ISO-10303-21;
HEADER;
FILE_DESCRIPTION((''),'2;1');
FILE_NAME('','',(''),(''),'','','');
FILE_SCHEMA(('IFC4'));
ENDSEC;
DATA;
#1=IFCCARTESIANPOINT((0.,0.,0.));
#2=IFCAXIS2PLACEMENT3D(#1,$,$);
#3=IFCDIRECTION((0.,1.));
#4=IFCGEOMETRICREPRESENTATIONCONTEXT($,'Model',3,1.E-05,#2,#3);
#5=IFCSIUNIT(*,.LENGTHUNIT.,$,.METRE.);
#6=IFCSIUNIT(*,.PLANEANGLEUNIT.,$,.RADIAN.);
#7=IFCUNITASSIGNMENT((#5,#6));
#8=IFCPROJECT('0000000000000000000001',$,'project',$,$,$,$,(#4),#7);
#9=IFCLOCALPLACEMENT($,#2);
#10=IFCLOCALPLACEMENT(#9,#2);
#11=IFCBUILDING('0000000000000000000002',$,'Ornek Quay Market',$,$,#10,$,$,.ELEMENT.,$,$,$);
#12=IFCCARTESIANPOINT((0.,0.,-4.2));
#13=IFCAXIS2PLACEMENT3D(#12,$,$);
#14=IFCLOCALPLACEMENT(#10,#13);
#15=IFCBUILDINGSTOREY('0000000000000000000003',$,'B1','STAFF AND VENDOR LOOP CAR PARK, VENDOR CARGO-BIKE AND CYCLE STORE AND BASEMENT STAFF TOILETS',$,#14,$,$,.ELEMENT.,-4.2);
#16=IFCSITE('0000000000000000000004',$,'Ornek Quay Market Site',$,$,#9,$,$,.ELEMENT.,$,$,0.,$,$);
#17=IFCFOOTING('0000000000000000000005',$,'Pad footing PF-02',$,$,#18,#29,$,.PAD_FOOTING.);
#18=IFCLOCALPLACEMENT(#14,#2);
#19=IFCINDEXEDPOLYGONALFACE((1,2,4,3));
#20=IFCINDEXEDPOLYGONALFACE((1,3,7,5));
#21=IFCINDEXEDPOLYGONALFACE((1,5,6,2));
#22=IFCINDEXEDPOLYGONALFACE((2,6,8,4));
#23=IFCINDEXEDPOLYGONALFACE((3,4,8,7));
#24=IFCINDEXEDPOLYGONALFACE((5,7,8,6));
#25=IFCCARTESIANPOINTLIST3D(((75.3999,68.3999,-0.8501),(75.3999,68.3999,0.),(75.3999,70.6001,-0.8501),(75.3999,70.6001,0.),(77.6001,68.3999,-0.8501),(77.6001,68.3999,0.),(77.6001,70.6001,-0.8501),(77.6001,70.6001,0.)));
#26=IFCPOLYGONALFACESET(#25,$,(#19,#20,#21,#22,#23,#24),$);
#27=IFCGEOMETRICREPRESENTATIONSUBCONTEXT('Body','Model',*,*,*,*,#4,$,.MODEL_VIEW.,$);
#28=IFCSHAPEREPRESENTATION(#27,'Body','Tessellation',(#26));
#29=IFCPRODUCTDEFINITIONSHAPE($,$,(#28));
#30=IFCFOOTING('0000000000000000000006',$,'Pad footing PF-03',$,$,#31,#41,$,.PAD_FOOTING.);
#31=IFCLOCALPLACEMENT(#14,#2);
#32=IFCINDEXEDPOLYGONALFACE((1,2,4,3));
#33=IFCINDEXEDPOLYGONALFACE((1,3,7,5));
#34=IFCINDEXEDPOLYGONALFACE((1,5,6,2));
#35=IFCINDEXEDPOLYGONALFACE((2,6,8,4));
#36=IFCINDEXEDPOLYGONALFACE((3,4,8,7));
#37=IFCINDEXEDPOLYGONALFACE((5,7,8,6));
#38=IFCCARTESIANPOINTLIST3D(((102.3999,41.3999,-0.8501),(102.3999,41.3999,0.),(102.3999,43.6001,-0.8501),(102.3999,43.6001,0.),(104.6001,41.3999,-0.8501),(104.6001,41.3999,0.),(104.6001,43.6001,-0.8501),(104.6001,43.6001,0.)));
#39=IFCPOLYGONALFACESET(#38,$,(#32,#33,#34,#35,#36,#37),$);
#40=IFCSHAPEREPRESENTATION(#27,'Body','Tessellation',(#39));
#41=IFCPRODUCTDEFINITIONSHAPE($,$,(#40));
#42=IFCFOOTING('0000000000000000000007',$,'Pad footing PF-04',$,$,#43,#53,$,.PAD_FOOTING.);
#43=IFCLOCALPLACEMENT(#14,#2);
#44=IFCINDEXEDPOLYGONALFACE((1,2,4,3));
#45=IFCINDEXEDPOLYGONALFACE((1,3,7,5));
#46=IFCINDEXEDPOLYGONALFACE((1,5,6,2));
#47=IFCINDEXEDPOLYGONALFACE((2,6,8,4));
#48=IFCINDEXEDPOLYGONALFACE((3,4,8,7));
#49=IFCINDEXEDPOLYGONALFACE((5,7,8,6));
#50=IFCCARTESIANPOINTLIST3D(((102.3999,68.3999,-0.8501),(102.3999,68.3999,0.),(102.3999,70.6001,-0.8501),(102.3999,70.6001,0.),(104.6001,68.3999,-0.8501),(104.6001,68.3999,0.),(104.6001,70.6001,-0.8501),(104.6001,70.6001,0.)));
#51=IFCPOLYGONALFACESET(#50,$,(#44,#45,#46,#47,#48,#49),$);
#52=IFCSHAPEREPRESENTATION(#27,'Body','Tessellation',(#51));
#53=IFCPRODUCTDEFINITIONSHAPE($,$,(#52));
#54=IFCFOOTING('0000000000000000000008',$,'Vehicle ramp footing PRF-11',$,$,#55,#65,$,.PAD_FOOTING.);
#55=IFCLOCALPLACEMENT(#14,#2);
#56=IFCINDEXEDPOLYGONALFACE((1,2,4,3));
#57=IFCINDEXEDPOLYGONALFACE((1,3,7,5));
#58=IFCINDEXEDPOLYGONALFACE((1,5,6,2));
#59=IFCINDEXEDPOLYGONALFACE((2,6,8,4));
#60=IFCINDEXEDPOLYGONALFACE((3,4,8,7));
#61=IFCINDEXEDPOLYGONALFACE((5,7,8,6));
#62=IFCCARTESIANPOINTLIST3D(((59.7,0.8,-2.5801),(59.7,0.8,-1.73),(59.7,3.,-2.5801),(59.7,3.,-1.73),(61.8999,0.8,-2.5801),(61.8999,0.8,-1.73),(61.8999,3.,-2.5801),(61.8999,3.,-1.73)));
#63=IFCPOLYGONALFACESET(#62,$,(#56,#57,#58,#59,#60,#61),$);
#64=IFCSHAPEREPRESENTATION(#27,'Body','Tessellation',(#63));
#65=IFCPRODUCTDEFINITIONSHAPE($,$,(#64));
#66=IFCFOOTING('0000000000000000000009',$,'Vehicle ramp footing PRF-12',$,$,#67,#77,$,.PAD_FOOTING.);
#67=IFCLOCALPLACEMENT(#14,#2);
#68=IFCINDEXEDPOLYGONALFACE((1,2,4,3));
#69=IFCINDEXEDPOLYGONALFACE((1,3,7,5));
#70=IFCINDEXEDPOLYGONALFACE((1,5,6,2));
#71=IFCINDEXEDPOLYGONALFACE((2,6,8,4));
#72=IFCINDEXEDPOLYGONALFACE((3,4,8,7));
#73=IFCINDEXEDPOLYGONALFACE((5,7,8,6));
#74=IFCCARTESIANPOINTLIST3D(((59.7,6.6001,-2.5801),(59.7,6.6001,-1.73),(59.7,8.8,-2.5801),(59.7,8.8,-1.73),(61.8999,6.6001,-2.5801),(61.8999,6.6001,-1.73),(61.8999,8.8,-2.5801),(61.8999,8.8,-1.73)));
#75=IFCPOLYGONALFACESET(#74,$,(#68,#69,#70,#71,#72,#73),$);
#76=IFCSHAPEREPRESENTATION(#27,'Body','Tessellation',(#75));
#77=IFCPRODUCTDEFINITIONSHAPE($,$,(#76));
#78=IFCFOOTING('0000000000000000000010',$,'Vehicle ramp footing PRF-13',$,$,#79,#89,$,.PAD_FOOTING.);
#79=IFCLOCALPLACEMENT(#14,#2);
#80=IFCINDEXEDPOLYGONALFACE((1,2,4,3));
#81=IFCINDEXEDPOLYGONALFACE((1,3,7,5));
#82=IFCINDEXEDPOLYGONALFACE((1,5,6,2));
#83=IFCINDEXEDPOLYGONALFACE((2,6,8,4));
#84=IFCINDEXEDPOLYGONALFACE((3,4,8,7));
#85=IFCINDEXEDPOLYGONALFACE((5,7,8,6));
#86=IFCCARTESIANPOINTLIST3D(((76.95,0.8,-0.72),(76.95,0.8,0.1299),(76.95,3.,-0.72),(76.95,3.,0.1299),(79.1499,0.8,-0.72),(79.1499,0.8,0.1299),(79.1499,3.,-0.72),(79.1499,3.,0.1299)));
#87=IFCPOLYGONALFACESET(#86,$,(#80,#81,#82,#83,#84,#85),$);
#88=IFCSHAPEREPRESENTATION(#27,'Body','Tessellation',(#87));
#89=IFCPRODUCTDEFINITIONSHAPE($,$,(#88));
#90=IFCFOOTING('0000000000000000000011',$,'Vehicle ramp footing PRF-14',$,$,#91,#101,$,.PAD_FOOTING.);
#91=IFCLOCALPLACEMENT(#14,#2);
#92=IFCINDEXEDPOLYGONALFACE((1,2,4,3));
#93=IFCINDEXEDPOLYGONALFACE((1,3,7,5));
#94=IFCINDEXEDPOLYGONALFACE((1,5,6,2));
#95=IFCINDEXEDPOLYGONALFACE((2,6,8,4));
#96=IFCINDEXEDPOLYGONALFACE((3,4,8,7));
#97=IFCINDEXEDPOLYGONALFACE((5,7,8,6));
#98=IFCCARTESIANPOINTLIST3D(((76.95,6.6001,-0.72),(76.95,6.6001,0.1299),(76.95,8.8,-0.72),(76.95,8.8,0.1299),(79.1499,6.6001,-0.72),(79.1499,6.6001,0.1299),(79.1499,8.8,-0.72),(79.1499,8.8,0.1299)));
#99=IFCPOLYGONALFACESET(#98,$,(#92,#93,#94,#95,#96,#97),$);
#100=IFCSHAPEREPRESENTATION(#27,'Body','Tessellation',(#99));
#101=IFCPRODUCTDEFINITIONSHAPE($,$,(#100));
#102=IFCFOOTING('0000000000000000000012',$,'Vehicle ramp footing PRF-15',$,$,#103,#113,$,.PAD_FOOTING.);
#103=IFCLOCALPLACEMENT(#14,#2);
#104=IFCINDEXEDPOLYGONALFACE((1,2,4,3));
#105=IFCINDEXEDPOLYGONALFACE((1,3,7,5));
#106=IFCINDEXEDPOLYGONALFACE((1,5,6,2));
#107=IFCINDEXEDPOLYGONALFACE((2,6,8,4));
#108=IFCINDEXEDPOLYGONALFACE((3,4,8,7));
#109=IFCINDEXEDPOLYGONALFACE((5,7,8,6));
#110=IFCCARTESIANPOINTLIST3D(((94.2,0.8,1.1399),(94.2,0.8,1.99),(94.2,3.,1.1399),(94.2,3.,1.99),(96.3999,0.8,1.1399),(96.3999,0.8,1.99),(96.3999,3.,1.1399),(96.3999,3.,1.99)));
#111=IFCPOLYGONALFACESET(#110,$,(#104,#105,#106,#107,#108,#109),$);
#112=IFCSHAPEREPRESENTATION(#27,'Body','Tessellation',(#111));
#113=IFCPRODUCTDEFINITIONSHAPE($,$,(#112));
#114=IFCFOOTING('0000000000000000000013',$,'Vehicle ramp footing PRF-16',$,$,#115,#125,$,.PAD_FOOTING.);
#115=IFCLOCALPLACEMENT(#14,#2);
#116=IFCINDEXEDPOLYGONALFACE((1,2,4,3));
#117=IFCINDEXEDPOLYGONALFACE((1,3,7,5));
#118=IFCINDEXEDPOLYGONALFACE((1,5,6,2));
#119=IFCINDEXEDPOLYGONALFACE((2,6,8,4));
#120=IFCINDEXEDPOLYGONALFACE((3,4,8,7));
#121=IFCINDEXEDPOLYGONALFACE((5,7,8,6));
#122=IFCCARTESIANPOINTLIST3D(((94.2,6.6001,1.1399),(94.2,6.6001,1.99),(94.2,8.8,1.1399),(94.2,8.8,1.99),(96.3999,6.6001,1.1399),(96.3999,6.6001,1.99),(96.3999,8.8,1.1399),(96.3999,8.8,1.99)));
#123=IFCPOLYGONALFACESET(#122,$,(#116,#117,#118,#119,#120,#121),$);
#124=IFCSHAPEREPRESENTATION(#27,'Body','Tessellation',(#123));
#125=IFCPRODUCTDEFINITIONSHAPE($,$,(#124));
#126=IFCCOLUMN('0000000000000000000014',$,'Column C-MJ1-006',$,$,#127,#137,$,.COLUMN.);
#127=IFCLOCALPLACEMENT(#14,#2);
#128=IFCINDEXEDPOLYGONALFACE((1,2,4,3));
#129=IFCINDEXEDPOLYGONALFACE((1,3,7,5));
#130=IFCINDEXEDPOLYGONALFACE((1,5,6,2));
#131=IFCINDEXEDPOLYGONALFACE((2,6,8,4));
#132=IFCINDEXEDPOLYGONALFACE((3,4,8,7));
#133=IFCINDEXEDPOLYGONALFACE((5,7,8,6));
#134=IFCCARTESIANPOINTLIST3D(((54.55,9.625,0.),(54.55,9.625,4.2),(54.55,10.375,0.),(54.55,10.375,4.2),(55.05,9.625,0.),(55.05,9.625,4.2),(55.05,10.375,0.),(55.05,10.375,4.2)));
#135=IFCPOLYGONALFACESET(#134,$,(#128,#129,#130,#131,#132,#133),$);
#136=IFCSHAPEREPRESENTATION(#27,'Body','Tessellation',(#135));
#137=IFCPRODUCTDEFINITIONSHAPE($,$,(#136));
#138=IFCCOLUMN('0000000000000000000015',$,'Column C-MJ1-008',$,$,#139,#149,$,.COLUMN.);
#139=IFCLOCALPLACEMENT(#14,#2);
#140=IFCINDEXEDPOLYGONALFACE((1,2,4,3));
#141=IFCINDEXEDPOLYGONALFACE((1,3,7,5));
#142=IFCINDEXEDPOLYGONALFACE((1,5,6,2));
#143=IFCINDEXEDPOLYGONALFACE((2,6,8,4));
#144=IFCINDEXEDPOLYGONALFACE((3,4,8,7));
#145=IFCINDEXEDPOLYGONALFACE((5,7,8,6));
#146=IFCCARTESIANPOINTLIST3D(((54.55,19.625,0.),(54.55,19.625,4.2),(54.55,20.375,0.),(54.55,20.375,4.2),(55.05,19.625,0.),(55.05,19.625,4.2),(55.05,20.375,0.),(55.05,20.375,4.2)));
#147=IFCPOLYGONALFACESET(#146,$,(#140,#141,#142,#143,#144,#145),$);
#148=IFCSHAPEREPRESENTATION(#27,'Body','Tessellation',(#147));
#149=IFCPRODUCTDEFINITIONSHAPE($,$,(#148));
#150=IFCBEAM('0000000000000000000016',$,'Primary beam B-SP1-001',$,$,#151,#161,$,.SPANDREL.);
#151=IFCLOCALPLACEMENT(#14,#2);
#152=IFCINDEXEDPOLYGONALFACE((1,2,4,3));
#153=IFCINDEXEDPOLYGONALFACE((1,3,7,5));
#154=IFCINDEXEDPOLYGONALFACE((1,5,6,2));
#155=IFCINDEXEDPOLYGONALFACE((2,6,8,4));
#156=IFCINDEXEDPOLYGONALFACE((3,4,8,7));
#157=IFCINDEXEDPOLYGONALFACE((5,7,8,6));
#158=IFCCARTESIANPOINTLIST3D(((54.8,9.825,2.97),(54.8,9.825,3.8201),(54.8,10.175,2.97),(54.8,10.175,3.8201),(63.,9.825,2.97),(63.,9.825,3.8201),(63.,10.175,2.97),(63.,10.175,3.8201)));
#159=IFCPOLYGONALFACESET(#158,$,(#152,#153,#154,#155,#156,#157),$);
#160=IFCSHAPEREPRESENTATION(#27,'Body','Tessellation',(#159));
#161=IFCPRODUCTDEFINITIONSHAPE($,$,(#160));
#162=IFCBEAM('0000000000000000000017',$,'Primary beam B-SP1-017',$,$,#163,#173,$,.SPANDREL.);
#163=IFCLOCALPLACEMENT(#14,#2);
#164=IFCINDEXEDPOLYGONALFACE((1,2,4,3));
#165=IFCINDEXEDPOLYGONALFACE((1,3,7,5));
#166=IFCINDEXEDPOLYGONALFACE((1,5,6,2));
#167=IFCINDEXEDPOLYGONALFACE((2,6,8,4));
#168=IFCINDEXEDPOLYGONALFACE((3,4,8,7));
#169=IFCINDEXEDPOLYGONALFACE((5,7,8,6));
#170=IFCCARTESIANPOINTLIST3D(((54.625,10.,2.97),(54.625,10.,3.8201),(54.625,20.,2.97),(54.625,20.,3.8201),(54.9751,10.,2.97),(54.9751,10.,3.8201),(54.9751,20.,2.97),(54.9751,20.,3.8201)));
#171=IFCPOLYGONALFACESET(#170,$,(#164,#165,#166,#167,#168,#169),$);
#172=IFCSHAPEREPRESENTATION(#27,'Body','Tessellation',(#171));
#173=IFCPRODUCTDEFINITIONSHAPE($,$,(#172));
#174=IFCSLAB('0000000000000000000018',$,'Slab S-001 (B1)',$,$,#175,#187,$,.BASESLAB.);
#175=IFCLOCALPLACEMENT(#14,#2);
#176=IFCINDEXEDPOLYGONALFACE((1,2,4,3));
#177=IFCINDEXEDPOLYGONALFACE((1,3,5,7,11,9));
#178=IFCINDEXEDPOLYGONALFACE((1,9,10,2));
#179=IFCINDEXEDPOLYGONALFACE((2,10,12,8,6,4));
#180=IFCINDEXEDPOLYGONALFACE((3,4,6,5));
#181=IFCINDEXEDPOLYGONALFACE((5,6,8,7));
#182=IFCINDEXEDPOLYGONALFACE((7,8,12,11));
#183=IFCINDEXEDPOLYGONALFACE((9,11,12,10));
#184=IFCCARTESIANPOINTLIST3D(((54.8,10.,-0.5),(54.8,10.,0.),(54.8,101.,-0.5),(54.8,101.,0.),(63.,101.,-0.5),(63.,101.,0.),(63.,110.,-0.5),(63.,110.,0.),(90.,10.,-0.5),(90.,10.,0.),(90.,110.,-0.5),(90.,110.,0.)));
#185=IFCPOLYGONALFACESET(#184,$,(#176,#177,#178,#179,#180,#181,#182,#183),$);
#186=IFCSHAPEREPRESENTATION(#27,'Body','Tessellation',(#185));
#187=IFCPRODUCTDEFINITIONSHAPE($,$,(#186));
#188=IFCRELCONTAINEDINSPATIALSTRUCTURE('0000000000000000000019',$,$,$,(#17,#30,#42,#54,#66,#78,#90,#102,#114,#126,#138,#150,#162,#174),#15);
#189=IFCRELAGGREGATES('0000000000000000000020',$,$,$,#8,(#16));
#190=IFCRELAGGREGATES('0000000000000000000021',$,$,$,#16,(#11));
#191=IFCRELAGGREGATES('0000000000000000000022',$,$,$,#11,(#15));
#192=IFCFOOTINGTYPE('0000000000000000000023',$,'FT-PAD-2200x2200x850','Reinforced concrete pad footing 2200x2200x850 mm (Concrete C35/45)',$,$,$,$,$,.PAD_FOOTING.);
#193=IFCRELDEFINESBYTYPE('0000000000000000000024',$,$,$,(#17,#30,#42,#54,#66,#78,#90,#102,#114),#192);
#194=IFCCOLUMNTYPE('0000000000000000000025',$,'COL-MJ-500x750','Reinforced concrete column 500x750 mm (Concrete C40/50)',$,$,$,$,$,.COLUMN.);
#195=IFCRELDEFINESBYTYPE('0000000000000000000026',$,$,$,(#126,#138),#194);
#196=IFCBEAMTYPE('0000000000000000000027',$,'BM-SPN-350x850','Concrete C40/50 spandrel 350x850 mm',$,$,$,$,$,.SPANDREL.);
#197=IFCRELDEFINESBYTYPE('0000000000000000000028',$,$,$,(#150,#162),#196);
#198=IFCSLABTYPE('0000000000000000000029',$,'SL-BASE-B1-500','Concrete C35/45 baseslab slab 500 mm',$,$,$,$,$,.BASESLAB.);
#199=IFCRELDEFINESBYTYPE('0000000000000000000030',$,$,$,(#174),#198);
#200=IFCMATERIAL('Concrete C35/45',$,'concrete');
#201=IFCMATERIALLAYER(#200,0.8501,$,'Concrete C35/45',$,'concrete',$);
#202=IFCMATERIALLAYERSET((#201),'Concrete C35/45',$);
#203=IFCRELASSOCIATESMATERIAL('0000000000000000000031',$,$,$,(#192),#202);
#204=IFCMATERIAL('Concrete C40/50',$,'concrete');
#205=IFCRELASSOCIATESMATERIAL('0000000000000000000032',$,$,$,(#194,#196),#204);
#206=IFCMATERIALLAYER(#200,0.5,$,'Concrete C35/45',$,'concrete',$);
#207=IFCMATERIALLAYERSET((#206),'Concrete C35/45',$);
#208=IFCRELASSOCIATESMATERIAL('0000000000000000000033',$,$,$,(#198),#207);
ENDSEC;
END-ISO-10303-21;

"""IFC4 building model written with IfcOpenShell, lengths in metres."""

from ifc_helpers import new_model, si_unit, direction, frame, origin, origin_2d, place, context, subcontext, project, spatial, polyline, rectangle, outline, extrude, material, layer, layer_set, material_profile, profile_set, type_object, element, save


model = new_model("IFC4")

# Units and contexts
model_context = context("Model", 3, precision=1e-05, world=origin(), true_north=direction((0.0, 1.0)))
body_context = subcontext(model_context, "Body", "Model", "MODEL_VIEW")
ifc_project = project(units=[si_unit("LENGTHUNIT", "METRE"), si_unit("PLANEANGLEUNIT", "RADIAN")], contexts=[model_context])

# Site, building, storey
site_placement = place(None, origin())
site = spatial("IfcSite", under=ifc_project, at=site_placement, Name="Ornek Quay Market Site", CompositionType="ELEMENT", RefElevation=0.0)
building_placement = place(site_placement, origin())
building = spatial("IfcBuilding", under=site, at=building_placement, Name="Ornek Quay Market", CompositionType="ELEMENT")
storey_placement = place(building_placement, frame((0.0, 0.0, -4.2)))
storey = spatial("IfcBuildingStorey", under=building, at=storey_placement, Name="B1", Description="STAFF AND VENDOR LOOP CAR PARK, VENDOR CARGO-BIKE AND CYCLE STORE AND BASEMENT STAFF TOILETS", CompositionType="ELEMENT", Elevation=-4.2)

# Footings
ifc_material_1 = material(Name="Concrete C35/45", Category="concrete")
ifc_layer_1 = layer(ifc_material_1, 0.8501, Name="Concrete C35/45", Category="concrete")
ifc_layer_set_1 = layer_set([ifc_layer_1], Name="Concrete C35/45")
footing_type = type_object("IfcFootingType", Name="FT-PAD-2200x2200x850", Description="Reinforced concrete pad footing 2200x2200x850 mm (Concrete C35/45)", PredefinedType="PAD_FOOTING", material=ifc_layer_set_1)
footing_1_placement = place(storey_placement, frame((0.0, 0.0, -0.8501)))
element("IfcFooting", 1, at=footing_1_placement, inside=storey, type_object=footing_type, Name="Pad footing PF-02", PredefinedType="PAD_FOOTING", context=body_context, shape_type="SweptSolid", body=[
    extrude(outline(polyline([(75.3999, 68.3999), (77.6001, 68.3999), (77.6001, 70.6001), (75.3999, 70.6001), (75.3999, 68.3999)])), origin(), (0.0, 0.0, 1.0), 0.8501),
])
footing_2_placement = place(storey_placement, frame((0.0, 0.0, -0.8501)))
element("IfcFooting", 2, at=footing_2_placement, inside=storey, type_object=footing_type, Name="Pad footing PF-03", PredefinedType="PAD_FOOTING", context=body_context, shape_type="SweptSolid", body=[
    extrude(outline(polyline([(102.3999, 41.3999), (104.6001, 41.3999), (104.6001, 43.6001), (102.3999, 43.6001), (102.3999, 41.3999)])), origin(), (0.0, 0.0, 1.0), 0.8501),
])
footing_3_placement = place(storey_placement, frame((0.0, 0.0, -0.8501)))
element("IfcFooting", 3, at=footing_3_placement, inside=storey, type_object=footing_type, Name="Pad footing PF-04", PredefinedType="PAD_FOOTING", context=body_context, shape_type="SweptSolid", body=[
    extrude(outline(polyline([(102.3999, 68.3999), (104.6001, 68.3999), (104.6001, 70.6001), (102.3999, 70.6001), (102.3999, 68.3999)])), origin(), (0.0, 0.0, 1.0), 0.8501),
])
footing_4_placement = place(storey_placement, frame((0.0, 0.0, -2.5801)))
element("IfcFooting", 4, at=footing_4_placement, inside=storey, type_object=footing_type, Name="Vehicle ramp footing PRF-11", PredefinedType="PAD_FOOTING", context=body_context, shape_type="SweptSolid", body=[
    extrude(outline(polyline([(59.7, 0.8), (61.8999, 0.8), (61.8999, 3.0), (59.7, 3.0), (59.7, 0.8)])), origin(), (0.0, 0.0, 1.0), 0.8501),
])
footing_5_placement = place(storey_placement, frame((0.0, 0.0, -2.5801)))
element("IfcFooting", 5, at=footing_5_placement, inside=storey, type_object=footing_type, Name="Vehicle ramp footing PRF-12", PredefinedType="PAD_FOOTING", context=body_context, shape_type="SweptSolid", body=[
    extrude(outline(polyline([(59.7, 6.6001), (61.8999, 6.6001), (61.8999, 8.8), (59.7, 8.8), (59.7, 6.6001)])), origin(), (0.0, 0.0, 1.0), 0.8501),
])
footing_6_placement = place(storey_placement, frame((0.0, 0.0, -0.72)))
element("IfcFooting", 6, at=footing_6_placement, inside=storey, type_object=footing_type, Name="Vehicle ramp footing PRF-13", PredefinedType="PAD_FOOTING", context=body_context, shape_type="SweptSolid", body=[
    extrude(outline(polyline([(76.95, 0.8), (79.1499, 0.8), (79.1499, 3.0), (76.95, 3.0), (76.95, 0.8)])), origin(), (0.0, 0.0, 1.0), 0.8499),
])
footing_7_placement = place(storey_placement, frame((0.0, 0.0, -0.72)))
element("IfcFooting", 7, at=footing_7_placement, inside=storey, type_object=footing_type, Name="Vehicle ramp footing PRF-14", PredefinedType="PAD_FOOTING", context=body_context, shape_type="SweptSolid", body=[
    extrude(outline(polyline([(76.95, 6.6001), (79.1499, 6.6001), (79.1499, 8.8), (76.95, 8.8), (76.95, 6.6001)])), origin(), (0.0, 0.0, 1.0), 0.8499),
])
footing_8_placement = place(storey_placement, frame((0.0, 0.0, 1.1399)))
element("IfcFooting", 8, at=footing_8_placement, inside=storey, type_object=footing_type, Name="Vehicle ramp footing PRF-15", PredefinedType="PAD_FOOTING", context=body_context, shape_type="SweptSolid", body=[
    extrude(outline(polyline([(94.2, 0.8), (96.3999, 0.8), (96.3999, 3.0), (94.2, 3.0), (94.2, 0.8)])), origin(), (0.0, 0.0, 1.0), 0.8501),
])
footing_9_placement = place(storey_placement, frame((0.0, 0.0, 1.1399)))
element("IfcFooting", 9, at=footing_9_placement, inside=storey, type_object=footing_type, Name="Vehicle ramp footing PRF-16", PredefinedType="PAD_FOOTING", context=body_context, shape_type="SweptSolid", body=[
    extrude(outline(polyline([(94.2, 6.6001), (96.3999, 6.6001), (96.3999, 8.8), (94.2, 8.8), (94.2, 6.6001)])), origin(), (0.0, 0.0, 1.0), 0.8501),
])

# Columns
ifc_material_2 = material(Name="Concrete C40/50", Category="concrete")
ifc_material_profile_1 = material_profile(ifc_material_2, rectangle(XDim=0.5, YDim=0.75, at=origin_2d()), Name="RC 500x750", Category="concrete")
ifc_profile_set_1 = profile_set([ifc_material_profile_1], Name="Concrete C40/50")
column_type = type_object("IfcColumnType", Name="COL-MJ-500x750", Description="Reinforced concrete column 500x750 mm (Concrete C40/50)", PredefinedType="COLUMN", material=ifc_profile_set_1)
for number, where, z_axis, x_axis, name in (
    (10, (54.8, 10.0, 0.0), (0.0, 0.0, 1.0), (1.0, 0.0, 0.0), "Column C-MJ1-006"),
    (11, (54.8, 20.0, 0.0), (0.0, 0.0, 1.0), (1.0, 0.0, 0.0), "Column C-MJ1-008"),
):
    element("IfcColumn", number, at=place(storey_placement, frame(where, z_axis=z_axis, x_axis=x_axis)), inside=storey, type_object=column_type, Name=name, PredefinedType="COLUMN", context=body_context, shape_type="SweptSolid", body=[
        extrude(rectangle(XDim=0.5, YDim=0.75, at=origin_2d()), origin(), (0.0, 0.0, 1.0), 4.2),
    ])

# Beams
ifc_material_profile_2 = material_profile(ifc_material_2, rectangle(XDim=0.3501, YDim=0.8501, at=origin_2d()), Name="RC 350x850", Category="concrete")
ifc_profile_set_2 = profile_set([ifc_material_profile_2], Name="Concrete C40/50")
beam_type = type_object("IfcBeamType", Name="BM-SPN-350x850", Description="Concrete C40/50 spandrel 350x850 mm", PredefinedType="SPANDREL", material=ifc_profile_set_2)
beam_1_placement = place(storey_placement, frame((54.8, 10.0, 3.395), z_axis=(1.0, 0.0, 0.0), x_axis=(0.0, 1.0, 0.0)))
element("IfcBeam", 12, at=beam_1_placement, inside=storey, type_object=beam_type, Name="Primary beam B-SP1-001", PredefinedType="SPANDREL", context=body_context, shape_type="SweptSolid", body=[
    extrude(rectangle(XDim=0.3501, YDim=0.8501, at=origin_2d()), origin(), (0.0, 0.0, 1.0), 8.2),
])
beam_2_placement = place(storey_placement, frame((54.8, 10.0, 3.395), z_axis=(0.0, 1.0, 0.0), x_axis=(-1.0, 0.0, 0.0)))
element("IfcBeam", 13, at=beam_2_placement, inside=storey, type_object=beam_type, Name="Primary beam B-SP1-017", PredefinedType="SPANDREL", context=body_context, shape_type="SweptSolid", body=[
    extrude(rectangle(XDim=0.3501, YDim=0.8501, at=origin_2d()), origin(), (0.0, 0.0, 1.0), 10.0),
])

# Slab
ifc_layer_2 = layer(ifc_material_1, 0.5, Name="Concrete C35/45", Category="concrete")
ifc_layer_set_2 = layer_set([ifc_layer_2], Name="Concrete C35/45")
slab_type_1 = type_object("IfcSlabType", Name="SL-BASE-B1-500", Description="Concrete C35/45 baseslab slab 500 mm", PredefinedType="BASESLAB", material=ifc_layer_set_2)
slab_1_placement = place(storey_placement, frame((0.0, 0.0, -0.5)))
element("IfcSlab", 14, at=slab_1_placement, inside=storey, type_object=slab_type_1, Name="Slab S-001 (B1)", PredefinedType="BASESLAB", context=body_context, shape_type="SweptSolid", body=[
    extrude(outline(polyline([(54.8, 10.0), (90.0, 10.0), (90.0, 110.0), (63.0, 110.0), (63.0, 101.0), (54.8, 101.0), (54.8, 10.0)])), origin(), (0.0, 0.0, 1.0), 0.5),
])

save(model, "model.ifc")
